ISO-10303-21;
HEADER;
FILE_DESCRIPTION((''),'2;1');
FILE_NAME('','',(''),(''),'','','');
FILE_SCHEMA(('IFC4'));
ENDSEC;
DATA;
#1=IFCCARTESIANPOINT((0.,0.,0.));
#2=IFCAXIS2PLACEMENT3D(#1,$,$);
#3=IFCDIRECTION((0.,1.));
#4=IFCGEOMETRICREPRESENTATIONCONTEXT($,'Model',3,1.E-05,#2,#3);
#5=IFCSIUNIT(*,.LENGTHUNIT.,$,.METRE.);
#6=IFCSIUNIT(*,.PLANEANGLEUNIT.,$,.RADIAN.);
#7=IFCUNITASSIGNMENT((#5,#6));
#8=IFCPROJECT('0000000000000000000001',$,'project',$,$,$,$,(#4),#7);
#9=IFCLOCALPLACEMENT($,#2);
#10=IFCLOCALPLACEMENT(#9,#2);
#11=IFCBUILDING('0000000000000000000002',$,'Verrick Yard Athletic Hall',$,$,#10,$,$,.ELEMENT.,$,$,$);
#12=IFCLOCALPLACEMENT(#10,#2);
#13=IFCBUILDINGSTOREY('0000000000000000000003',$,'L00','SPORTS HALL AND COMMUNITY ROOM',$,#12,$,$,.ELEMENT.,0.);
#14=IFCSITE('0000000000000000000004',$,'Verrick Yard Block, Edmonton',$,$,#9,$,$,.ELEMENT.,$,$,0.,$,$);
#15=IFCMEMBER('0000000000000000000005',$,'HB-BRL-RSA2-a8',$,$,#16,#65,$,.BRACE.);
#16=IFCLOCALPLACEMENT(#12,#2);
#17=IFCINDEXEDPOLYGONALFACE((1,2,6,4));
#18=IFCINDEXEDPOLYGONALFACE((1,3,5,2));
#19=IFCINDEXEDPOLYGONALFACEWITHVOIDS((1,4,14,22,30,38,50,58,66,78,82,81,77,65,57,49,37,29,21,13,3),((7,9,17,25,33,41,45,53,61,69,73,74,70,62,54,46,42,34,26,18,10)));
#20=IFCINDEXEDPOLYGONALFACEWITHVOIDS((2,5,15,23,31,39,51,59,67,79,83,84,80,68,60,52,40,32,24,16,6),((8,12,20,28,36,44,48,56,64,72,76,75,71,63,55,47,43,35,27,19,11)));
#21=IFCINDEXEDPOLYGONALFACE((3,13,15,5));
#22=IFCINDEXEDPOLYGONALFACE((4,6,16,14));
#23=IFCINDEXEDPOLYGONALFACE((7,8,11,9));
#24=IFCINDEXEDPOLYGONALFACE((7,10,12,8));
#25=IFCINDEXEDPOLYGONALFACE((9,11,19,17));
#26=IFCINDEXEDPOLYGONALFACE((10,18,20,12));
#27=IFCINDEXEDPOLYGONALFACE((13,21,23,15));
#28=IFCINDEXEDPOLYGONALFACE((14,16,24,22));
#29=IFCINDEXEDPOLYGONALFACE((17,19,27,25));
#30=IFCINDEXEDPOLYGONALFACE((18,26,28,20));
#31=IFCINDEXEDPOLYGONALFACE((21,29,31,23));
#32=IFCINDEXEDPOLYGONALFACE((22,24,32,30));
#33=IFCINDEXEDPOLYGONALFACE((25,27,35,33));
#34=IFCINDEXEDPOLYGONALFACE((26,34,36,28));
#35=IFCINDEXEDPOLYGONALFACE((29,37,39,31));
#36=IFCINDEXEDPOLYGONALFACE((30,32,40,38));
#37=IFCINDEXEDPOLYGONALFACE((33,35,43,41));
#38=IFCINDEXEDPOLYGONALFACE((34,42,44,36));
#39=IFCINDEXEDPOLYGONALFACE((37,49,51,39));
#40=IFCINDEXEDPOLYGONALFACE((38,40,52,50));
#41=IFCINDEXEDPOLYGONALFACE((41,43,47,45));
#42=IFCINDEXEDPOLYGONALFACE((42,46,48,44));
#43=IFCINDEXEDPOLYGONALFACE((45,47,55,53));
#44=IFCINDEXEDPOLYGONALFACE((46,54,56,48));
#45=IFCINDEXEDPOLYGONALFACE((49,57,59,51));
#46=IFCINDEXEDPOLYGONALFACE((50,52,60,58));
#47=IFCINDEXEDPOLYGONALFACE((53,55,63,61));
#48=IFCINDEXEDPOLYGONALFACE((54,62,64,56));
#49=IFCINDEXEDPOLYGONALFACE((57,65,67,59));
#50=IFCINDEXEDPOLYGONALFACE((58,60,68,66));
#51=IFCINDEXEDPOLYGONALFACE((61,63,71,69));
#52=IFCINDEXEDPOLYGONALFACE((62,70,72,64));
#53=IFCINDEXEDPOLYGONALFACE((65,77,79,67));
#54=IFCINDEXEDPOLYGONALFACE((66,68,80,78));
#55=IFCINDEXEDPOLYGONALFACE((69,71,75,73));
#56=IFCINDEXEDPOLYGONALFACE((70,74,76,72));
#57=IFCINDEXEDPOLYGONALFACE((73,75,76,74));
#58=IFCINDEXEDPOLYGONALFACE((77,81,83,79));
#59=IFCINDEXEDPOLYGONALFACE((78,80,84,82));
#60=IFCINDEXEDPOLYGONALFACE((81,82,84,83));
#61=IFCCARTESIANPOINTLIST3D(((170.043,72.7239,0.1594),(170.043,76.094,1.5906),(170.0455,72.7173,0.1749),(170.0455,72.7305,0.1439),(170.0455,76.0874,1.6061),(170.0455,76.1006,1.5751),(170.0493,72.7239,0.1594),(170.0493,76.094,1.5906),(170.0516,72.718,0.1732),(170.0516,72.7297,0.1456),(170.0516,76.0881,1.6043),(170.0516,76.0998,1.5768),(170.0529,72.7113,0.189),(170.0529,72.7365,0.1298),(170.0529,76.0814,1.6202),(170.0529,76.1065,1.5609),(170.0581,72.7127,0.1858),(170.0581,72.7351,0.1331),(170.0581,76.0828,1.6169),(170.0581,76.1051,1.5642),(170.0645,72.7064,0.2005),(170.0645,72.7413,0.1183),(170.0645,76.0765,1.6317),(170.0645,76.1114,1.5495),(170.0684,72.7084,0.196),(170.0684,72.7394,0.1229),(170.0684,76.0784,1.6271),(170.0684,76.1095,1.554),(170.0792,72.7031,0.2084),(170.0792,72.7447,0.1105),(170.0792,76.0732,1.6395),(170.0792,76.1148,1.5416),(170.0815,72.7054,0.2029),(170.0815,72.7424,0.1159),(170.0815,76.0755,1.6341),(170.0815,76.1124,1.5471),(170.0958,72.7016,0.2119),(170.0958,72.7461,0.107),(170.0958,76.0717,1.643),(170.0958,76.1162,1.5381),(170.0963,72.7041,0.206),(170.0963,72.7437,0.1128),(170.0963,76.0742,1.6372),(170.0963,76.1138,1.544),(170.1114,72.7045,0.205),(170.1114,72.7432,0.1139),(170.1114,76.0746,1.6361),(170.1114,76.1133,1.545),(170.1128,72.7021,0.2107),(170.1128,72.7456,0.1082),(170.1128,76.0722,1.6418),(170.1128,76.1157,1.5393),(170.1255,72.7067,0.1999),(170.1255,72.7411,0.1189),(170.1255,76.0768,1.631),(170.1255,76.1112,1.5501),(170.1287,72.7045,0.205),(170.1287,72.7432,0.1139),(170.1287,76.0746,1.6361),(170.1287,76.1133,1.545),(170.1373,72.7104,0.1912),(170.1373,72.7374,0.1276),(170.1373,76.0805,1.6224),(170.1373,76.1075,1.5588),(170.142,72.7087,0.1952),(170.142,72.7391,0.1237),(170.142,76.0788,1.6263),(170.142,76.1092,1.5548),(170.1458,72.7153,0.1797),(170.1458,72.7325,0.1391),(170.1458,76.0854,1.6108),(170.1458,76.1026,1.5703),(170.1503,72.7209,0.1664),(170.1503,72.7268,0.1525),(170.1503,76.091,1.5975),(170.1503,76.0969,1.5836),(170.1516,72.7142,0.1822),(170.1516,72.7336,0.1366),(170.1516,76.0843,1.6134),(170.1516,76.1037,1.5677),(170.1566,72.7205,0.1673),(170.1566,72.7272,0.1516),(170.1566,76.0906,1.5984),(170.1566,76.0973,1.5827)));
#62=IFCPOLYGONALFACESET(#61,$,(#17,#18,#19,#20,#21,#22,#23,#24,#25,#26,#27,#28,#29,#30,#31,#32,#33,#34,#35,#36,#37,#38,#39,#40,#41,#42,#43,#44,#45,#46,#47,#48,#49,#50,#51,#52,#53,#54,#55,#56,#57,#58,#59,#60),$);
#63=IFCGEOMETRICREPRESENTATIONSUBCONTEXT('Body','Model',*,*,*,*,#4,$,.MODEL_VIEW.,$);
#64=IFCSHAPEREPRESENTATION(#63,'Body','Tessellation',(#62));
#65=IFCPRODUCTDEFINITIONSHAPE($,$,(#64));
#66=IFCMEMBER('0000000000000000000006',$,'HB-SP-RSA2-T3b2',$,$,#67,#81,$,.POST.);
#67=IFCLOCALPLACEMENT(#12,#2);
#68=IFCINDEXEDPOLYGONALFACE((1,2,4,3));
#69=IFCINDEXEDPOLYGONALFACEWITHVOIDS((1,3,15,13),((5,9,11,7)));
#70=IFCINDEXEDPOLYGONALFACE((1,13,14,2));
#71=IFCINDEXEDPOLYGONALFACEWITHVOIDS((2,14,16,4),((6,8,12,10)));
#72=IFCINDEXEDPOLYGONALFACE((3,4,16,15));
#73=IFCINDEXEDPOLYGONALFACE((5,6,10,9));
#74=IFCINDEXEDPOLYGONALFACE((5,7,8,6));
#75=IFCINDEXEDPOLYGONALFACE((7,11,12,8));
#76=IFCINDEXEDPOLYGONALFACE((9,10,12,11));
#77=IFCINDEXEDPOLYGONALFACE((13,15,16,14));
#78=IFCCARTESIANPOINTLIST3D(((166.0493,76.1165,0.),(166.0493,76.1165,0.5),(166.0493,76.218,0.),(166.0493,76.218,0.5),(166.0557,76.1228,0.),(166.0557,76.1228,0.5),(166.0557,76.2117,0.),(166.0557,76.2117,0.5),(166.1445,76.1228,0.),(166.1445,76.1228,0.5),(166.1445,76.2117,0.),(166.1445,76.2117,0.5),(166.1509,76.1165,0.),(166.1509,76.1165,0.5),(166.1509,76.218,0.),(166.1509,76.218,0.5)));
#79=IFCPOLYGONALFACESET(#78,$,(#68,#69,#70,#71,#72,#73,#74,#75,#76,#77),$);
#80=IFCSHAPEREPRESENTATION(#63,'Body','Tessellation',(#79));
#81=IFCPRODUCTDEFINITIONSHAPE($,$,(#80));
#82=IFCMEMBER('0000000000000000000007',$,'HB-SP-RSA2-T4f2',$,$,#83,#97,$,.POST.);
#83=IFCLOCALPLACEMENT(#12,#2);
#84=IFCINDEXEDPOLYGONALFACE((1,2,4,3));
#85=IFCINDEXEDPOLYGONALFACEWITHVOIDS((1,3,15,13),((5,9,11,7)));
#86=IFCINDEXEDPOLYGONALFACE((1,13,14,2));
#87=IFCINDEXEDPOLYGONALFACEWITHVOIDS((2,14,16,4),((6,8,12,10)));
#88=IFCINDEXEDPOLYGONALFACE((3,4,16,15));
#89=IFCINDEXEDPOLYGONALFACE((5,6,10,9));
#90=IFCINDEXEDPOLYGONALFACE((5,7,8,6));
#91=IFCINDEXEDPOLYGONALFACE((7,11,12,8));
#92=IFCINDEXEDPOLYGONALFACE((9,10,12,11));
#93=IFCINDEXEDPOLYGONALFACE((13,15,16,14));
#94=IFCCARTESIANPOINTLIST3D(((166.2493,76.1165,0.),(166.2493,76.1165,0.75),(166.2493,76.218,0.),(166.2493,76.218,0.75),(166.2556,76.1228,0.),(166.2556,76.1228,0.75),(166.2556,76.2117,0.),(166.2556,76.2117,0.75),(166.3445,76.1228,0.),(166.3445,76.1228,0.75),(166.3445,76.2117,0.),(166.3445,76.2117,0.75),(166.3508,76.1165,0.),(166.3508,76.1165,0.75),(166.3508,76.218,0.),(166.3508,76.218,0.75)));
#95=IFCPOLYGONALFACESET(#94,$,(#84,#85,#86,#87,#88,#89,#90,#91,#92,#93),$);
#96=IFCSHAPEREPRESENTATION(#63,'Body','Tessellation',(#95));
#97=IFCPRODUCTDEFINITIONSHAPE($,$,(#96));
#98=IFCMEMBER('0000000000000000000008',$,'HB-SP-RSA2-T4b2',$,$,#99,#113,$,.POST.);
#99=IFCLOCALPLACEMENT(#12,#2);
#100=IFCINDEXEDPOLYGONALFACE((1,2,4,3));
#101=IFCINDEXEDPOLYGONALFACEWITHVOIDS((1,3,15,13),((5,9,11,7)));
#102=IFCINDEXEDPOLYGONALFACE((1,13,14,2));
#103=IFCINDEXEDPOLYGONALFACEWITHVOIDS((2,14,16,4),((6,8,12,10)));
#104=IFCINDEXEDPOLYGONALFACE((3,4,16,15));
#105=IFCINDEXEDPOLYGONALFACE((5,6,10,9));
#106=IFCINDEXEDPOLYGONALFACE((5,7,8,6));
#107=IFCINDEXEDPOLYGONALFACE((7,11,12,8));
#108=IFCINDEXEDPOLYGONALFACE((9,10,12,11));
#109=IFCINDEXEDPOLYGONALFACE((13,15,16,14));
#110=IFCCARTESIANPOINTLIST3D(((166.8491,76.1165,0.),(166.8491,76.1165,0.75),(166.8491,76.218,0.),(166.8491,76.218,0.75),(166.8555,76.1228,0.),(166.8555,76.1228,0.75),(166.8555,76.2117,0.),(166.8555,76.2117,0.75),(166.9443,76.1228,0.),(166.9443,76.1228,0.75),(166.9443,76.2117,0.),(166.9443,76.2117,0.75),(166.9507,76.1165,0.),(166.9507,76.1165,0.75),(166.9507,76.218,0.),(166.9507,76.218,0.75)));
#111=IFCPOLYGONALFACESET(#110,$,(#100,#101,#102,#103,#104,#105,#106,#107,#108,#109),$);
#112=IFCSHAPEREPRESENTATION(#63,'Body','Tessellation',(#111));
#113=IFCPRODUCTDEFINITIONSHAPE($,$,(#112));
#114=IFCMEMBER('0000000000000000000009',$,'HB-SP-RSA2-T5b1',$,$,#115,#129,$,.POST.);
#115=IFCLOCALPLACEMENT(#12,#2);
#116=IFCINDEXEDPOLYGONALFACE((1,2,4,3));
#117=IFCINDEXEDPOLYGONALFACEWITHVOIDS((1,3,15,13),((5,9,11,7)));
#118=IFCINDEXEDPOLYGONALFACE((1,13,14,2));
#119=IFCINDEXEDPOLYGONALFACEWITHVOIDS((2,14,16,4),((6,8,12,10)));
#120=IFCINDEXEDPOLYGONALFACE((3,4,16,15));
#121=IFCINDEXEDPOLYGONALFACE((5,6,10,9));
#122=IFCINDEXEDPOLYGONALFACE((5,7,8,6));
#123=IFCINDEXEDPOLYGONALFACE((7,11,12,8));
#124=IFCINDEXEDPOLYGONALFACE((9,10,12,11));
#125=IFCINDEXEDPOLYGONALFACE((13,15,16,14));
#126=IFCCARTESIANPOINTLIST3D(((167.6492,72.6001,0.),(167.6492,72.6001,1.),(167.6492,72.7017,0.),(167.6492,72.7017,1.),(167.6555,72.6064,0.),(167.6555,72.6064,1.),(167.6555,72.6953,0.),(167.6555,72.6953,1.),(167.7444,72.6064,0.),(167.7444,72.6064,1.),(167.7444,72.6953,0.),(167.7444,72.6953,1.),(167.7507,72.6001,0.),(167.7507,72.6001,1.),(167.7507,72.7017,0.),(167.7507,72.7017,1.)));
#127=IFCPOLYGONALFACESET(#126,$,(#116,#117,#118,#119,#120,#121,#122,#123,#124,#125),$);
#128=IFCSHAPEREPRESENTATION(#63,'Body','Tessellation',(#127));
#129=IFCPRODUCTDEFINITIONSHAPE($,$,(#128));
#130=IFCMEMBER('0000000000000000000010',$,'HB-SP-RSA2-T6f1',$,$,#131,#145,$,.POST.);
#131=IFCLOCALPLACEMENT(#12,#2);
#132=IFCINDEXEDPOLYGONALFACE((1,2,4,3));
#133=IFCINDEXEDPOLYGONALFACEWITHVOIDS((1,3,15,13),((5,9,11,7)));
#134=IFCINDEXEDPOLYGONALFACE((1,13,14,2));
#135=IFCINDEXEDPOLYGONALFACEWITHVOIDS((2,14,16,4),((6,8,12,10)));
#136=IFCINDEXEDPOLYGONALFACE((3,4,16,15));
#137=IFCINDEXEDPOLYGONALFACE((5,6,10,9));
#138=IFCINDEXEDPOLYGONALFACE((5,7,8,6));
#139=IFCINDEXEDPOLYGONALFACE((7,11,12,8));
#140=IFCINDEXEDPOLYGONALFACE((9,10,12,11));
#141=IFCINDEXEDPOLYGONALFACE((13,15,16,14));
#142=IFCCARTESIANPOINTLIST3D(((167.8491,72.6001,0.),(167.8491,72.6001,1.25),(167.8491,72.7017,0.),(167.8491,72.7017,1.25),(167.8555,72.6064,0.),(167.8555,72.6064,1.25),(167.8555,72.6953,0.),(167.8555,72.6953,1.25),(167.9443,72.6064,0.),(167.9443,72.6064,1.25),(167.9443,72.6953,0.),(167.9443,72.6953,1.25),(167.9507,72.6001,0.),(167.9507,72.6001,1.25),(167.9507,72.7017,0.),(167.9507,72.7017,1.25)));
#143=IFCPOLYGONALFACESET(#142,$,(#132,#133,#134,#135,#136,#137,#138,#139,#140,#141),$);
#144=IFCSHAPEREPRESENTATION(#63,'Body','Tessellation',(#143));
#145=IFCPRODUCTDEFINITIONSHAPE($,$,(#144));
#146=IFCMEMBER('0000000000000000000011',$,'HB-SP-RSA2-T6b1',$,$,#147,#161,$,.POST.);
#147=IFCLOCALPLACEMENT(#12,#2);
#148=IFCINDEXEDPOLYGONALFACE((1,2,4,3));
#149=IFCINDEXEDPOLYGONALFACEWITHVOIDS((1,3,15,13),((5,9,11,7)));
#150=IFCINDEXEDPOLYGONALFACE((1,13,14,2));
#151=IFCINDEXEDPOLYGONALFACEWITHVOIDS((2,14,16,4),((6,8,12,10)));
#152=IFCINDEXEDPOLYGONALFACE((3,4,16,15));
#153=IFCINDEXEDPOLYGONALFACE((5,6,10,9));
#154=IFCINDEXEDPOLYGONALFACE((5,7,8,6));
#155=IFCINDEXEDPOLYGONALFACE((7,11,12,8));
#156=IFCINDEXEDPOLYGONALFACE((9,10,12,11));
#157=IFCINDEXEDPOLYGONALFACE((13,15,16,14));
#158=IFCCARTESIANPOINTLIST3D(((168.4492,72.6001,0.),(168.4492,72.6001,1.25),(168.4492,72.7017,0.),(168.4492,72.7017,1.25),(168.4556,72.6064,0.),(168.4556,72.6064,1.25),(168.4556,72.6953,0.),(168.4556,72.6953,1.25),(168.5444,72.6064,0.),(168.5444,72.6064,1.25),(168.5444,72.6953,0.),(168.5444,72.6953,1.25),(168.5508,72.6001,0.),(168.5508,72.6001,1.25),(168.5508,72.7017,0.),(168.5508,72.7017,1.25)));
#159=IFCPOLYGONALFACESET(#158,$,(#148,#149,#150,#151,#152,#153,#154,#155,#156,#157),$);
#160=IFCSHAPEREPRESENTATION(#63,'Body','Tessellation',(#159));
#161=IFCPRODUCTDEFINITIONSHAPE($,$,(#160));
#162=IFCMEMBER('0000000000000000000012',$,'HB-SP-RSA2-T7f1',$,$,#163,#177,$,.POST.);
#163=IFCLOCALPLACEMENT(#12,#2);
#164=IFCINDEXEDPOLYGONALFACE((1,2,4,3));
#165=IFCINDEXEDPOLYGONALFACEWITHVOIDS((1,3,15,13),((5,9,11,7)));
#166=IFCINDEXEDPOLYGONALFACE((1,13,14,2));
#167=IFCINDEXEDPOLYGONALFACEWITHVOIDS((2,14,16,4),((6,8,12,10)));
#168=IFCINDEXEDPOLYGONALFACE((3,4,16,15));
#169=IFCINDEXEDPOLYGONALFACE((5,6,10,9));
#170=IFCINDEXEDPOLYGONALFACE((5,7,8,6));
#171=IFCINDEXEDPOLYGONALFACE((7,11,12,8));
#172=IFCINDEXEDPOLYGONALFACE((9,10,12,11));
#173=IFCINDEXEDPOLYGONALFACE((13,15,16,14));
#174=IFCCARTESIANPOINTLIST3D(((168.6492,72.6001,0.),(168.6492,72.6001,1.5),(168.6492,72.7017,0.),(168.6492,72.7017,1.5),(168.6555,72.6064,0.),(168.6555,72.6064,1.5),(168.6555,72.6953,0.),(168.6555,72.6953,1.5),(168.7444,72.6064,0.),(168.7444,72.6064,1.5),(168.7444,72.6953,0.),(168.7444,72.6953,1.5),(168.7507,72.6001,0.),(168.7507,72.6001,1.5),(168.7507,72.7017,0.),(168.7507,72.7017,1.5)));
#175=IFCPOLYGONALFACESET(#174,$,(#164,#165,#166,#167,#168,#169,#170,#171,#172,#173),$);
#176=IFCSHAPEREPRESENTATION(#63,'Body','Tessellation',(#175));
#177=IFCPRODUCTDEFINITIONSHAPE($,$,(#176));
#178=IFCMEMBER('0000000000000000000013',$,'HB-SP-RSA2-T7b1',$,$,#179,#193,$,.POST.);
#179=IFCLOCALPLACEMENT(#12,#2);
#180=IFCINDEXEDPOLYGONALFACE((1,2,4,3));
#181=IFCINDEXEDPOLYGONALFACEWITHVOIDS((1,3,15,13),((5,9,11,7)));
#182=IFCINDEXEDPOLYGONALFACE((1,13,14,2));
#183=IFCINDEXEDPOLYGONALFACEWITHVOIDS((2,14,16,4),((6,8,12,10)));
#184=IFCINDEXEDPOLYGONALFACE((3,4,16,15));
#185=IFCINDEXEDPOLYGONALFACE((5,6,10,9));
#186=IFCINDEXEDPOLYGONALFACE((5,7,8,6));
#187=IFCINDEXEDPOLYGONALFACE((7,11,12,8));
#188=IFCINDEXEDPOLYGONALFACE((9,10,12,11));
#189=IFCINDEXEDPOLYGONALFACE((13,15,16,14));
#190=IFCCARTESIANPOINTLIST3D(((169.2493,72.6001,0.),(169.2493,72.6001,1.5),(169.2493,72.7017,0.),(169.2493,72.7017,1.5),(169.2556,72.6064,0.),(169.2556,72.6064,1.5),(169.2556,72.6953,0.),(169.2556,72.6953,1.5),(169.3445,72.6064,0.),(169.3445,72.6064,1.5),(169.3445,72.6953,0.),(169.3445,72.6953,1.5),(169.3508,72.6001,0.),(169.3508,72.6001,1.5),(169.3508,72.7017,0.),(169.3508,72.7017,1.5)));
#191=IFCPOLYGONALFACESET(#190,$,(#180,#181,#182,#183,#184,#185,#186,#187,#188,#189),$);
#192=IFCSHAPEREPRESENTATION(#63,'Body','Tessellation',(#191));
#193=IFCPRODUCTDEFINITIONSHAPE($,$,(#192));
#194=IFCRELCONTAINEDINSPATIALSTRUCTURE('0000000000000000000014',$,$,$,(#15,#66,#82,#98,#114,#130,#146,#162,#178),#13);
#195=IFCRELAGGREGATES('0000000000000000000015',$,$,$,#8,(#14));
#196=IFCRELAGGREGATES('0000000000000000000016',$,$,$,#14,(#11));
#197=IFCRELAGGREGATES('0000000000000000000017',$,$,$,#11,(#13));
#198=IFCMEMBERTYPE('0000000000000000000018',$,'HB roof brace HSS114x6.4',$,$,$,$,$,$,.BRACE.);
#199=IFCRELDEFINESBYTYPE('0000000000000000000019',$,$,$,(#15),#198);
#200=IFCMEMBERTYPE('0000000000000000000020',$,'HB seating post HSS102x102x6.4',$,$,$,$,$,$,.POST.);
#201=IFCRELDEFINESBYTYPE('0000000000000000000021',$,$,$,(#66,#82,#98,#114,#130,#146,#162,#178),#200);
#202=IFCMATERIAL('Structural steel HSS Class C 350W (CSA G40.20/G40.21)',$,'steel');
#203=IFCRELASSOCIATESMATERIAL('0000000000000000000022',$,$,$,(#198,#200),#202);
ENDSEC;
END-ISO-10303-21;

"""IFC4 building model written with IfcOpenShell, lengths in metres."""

from ifc_helpers import new_model, si_unit, direction, frame, origin, origin_2d, place, context, subcontext, project, spatial, hollow_rectangle, hollow_circle, extrude, material, material_profile, profile_set, type_object, element, save


model = new_model("IFC4")

# Units and contexts
model_context = context("Model", 3, precision=1e-05, world=origin(), true_north=direction((0.0, 1.0)))
body_context = subcontext(model_context, "Body", "Model", "MODEL_VIEW")
ifc_project = project(units=[si_unit("LENGTHUNIT", "METRE"), si_unit("PLANEANGLEUNIT", "RADIAN")], contexts=[model_context])

# Site, building, storey
site_placement = place(None, origin())
site = spatial("IfcSite", under=ifc_project, at=site_placement, Name="Verrick Yard Block, Edmonton", CompositionType="ELEMENT", RefElevation=0.0)
building_placement = place(site_placement, origin())
building = spatial("IfcBuilding", under=site, at=building_placement, Name="Verrick Yard Athletic Hall", CompositionType="ELEMENT")
storey_placement = place(building_placement, origin())
storey = spatial("IfcBuildingStorey", under=building, at=storey_placement, Name="L00", Description="SPORTS HALL AND COMMUNITY ROOM", CompositionType="ELEMENT", Elevation=0.0)

# Members
ifc_material_1 = material(Name="Structural steel HSS Class C 350W (CSA G40.20/G40.21)", Category="steel")
ifc_material_profile_1 = material_profile(ifc_material_1, hollow_circle(Radius=0.0571, WallThickness=0.0063, at=origin_2d()), Name="HSS114x6.4")
ifc_profile_set_1 = profile_set([ifc_material_profile_1], Name="Structural steel HSS Class C 350W (CSA G40.20/G40.21)")
member_type_1 = type_object("IfcMemberType", Name="HB roof brace HSS114x6.4", PredefinedType="BRACE", material=ifc_profile_set_1)
member_1_placement = place(storey_placement, frame((170.1001, 72.7239, 0.1594), z_axis=(0.0, 0.920444, 0.390875), x_axis=(-1.0, 0.0, 0.0)))
element("IfcMember", 1, at=member_1_placement, inside=storey, type_object=member_type_1, Name="HB-BRL-RSA2-a8", PredefinedType="BRACE", context=body_context, shape_type="SweptSolid", body=[
    extrude(hollow_circle(Radius=0.0571, WallThickness=0.0063, at=origin_2d()), origin(), (0.0, 0.0, 1.0), 3.6614),
])
ifc_material_profile_2 = material_profile(ifc_material_1, hollow_rectangle(XDim=0.1016, YDim=0.1016, WallThickness=0.0063, at=origin_2d()), Name="HSS102x102x6.4")
ifc_profile_set_2 = profile_set([ifc_material_profile_2], Name="Structural steel HSS Class C 350W (CSA G40.20/G40.21)")
member_type_2 = type_object("IfcMemberType", Name="HB seating post HSS102x102x6.4", PredefinedType="POST", material=ifc_profile_set_2)
member_2_placement = place(storey_placement, frame((166.1001, 76.1672, 0.0), z_axis=(0.0, 0.0, 1.0), x_axis=(0.0, 1.0, 0.0)))
element("IfcMember", 2, at=member_2_placement, inside=storey, type_object=member_type_2, Name="HB-SP-RSA2-T3b2", PredefinedType="POST", context=body_context, shape_type="SweptSolid", body=[
    extrude(hollow_rectangle(XDim=0.1016, YDim=0.1016, WallThickness=0.0063, at=origin_2d()), origin(), (0.0, 0.0, 1.0), 0.5),
])
for number, where, z_axis, x_axis, name in (
    (3, (166.3, 76.1672, 0.0), (0.0, 0.0, 1.0), (0.0, 1.0, 0.0), "HB-SP-RSA2-T4f2"),
    (4, (166.8999, 76.1672, 0.0), (0.0, 0.0, 1.0), (0.0, 1.0, 0.0), "HB-SP-RSA2-T4b2"),
):
    element("IfcMember", number, at=place(storey_placement, frame(where, z_axis=z_axis, x_axis=x_axis)), inside=storey, type_object=member_type_2, Name=name, PredefinedType="POST", context=body_context, shape_type="SweptSolid", body=[
        extrude(hollow_rectangle(XDim=0.1016, YDim=0.1016, WallThickness=0.0063, at=origin_2d()), origin(), (0.0, 0.0, 1.0), 0.75),
    ])
member_3_placement = place(storey_placement, frame((167.7, 72.6509, 0.0), z_axis=(0.0, 0.0, 1.0), x_axis=(0.0, 1.0, 0.0)))
element("IfcMember", 5, at=member_3_placement, inside=storey, type_object=member_type_2, Name="HB-SP-RSA2-T5b1", PredefinedType="POST", context=body_context, shape_type="SweptSolid", body=[
    extrude(hollow_rectangle(XDim=0.1016, YDim=0.1016, WallThickness=0.0063, at=origin_2d()), origin(), (0.0, 0.0, 1.0), 1.0),
])
for number, where, z_axis, x_axis, name in (
    (6, (167.8999, 72.6509, 0.0), (0.0, 0.0, 1.0), (0.0, 1.0, 0.0), "HB-SP-RSA2-T6f1"),
    (7, (168.5, 72.6509, 0.0), (0.0, 0.0, 1.0), (0.0, 1.0, 0.0), "HB-SP-RSA2-T6b1"),
):
    element("IfcMember", number, at=place(storey_placement, frame(where, z_axis=z_axis, x_axis=x_axis)), inside=storey, type_object=member_type_2, Name=name, PredefinedType="POST", context=body_context, shape_type="SweptSolid", body=[
        extrude(hollow_rectangle(XDim=0.1016, YDim=0.1016, WallThickness=0.0063, at=origin_2d()), origin(), (0.0, 0.0, 1.0), 1.25),
    ])
for number, where, z_axis, x_axis, name in (
    (8, (168.7, 72.6509, 0.0), (0.0, 0.0, 1.0), (0.0, 1.0, 0.0), "HB-SP-RSA2-T7f1"),
    (9, (169.3, 72.6509, 0.0), (0.0, 0.0, 1.0), (0.0, 1.0, 0.0), "HB-SP-RSA2-T7b1"),
):
    element("IfcMember", number, at=place(storey_placement, frame(where, z_axis=z_axis, x_axis=x_axis)), inside=storey, type_object=member_type_2, Name=name, PredefinedType="POST", context=body_context, shape_type="SweptSolid", body=[
        extrude(hollow_rectangle(XDim=0.1016, YDim=0.1016, WallThickness=0.0063, at=origin_2d()), origin(), (0.0, 0.0, 1.0), 1.5),
    ])

save(model, "model.ifc")
